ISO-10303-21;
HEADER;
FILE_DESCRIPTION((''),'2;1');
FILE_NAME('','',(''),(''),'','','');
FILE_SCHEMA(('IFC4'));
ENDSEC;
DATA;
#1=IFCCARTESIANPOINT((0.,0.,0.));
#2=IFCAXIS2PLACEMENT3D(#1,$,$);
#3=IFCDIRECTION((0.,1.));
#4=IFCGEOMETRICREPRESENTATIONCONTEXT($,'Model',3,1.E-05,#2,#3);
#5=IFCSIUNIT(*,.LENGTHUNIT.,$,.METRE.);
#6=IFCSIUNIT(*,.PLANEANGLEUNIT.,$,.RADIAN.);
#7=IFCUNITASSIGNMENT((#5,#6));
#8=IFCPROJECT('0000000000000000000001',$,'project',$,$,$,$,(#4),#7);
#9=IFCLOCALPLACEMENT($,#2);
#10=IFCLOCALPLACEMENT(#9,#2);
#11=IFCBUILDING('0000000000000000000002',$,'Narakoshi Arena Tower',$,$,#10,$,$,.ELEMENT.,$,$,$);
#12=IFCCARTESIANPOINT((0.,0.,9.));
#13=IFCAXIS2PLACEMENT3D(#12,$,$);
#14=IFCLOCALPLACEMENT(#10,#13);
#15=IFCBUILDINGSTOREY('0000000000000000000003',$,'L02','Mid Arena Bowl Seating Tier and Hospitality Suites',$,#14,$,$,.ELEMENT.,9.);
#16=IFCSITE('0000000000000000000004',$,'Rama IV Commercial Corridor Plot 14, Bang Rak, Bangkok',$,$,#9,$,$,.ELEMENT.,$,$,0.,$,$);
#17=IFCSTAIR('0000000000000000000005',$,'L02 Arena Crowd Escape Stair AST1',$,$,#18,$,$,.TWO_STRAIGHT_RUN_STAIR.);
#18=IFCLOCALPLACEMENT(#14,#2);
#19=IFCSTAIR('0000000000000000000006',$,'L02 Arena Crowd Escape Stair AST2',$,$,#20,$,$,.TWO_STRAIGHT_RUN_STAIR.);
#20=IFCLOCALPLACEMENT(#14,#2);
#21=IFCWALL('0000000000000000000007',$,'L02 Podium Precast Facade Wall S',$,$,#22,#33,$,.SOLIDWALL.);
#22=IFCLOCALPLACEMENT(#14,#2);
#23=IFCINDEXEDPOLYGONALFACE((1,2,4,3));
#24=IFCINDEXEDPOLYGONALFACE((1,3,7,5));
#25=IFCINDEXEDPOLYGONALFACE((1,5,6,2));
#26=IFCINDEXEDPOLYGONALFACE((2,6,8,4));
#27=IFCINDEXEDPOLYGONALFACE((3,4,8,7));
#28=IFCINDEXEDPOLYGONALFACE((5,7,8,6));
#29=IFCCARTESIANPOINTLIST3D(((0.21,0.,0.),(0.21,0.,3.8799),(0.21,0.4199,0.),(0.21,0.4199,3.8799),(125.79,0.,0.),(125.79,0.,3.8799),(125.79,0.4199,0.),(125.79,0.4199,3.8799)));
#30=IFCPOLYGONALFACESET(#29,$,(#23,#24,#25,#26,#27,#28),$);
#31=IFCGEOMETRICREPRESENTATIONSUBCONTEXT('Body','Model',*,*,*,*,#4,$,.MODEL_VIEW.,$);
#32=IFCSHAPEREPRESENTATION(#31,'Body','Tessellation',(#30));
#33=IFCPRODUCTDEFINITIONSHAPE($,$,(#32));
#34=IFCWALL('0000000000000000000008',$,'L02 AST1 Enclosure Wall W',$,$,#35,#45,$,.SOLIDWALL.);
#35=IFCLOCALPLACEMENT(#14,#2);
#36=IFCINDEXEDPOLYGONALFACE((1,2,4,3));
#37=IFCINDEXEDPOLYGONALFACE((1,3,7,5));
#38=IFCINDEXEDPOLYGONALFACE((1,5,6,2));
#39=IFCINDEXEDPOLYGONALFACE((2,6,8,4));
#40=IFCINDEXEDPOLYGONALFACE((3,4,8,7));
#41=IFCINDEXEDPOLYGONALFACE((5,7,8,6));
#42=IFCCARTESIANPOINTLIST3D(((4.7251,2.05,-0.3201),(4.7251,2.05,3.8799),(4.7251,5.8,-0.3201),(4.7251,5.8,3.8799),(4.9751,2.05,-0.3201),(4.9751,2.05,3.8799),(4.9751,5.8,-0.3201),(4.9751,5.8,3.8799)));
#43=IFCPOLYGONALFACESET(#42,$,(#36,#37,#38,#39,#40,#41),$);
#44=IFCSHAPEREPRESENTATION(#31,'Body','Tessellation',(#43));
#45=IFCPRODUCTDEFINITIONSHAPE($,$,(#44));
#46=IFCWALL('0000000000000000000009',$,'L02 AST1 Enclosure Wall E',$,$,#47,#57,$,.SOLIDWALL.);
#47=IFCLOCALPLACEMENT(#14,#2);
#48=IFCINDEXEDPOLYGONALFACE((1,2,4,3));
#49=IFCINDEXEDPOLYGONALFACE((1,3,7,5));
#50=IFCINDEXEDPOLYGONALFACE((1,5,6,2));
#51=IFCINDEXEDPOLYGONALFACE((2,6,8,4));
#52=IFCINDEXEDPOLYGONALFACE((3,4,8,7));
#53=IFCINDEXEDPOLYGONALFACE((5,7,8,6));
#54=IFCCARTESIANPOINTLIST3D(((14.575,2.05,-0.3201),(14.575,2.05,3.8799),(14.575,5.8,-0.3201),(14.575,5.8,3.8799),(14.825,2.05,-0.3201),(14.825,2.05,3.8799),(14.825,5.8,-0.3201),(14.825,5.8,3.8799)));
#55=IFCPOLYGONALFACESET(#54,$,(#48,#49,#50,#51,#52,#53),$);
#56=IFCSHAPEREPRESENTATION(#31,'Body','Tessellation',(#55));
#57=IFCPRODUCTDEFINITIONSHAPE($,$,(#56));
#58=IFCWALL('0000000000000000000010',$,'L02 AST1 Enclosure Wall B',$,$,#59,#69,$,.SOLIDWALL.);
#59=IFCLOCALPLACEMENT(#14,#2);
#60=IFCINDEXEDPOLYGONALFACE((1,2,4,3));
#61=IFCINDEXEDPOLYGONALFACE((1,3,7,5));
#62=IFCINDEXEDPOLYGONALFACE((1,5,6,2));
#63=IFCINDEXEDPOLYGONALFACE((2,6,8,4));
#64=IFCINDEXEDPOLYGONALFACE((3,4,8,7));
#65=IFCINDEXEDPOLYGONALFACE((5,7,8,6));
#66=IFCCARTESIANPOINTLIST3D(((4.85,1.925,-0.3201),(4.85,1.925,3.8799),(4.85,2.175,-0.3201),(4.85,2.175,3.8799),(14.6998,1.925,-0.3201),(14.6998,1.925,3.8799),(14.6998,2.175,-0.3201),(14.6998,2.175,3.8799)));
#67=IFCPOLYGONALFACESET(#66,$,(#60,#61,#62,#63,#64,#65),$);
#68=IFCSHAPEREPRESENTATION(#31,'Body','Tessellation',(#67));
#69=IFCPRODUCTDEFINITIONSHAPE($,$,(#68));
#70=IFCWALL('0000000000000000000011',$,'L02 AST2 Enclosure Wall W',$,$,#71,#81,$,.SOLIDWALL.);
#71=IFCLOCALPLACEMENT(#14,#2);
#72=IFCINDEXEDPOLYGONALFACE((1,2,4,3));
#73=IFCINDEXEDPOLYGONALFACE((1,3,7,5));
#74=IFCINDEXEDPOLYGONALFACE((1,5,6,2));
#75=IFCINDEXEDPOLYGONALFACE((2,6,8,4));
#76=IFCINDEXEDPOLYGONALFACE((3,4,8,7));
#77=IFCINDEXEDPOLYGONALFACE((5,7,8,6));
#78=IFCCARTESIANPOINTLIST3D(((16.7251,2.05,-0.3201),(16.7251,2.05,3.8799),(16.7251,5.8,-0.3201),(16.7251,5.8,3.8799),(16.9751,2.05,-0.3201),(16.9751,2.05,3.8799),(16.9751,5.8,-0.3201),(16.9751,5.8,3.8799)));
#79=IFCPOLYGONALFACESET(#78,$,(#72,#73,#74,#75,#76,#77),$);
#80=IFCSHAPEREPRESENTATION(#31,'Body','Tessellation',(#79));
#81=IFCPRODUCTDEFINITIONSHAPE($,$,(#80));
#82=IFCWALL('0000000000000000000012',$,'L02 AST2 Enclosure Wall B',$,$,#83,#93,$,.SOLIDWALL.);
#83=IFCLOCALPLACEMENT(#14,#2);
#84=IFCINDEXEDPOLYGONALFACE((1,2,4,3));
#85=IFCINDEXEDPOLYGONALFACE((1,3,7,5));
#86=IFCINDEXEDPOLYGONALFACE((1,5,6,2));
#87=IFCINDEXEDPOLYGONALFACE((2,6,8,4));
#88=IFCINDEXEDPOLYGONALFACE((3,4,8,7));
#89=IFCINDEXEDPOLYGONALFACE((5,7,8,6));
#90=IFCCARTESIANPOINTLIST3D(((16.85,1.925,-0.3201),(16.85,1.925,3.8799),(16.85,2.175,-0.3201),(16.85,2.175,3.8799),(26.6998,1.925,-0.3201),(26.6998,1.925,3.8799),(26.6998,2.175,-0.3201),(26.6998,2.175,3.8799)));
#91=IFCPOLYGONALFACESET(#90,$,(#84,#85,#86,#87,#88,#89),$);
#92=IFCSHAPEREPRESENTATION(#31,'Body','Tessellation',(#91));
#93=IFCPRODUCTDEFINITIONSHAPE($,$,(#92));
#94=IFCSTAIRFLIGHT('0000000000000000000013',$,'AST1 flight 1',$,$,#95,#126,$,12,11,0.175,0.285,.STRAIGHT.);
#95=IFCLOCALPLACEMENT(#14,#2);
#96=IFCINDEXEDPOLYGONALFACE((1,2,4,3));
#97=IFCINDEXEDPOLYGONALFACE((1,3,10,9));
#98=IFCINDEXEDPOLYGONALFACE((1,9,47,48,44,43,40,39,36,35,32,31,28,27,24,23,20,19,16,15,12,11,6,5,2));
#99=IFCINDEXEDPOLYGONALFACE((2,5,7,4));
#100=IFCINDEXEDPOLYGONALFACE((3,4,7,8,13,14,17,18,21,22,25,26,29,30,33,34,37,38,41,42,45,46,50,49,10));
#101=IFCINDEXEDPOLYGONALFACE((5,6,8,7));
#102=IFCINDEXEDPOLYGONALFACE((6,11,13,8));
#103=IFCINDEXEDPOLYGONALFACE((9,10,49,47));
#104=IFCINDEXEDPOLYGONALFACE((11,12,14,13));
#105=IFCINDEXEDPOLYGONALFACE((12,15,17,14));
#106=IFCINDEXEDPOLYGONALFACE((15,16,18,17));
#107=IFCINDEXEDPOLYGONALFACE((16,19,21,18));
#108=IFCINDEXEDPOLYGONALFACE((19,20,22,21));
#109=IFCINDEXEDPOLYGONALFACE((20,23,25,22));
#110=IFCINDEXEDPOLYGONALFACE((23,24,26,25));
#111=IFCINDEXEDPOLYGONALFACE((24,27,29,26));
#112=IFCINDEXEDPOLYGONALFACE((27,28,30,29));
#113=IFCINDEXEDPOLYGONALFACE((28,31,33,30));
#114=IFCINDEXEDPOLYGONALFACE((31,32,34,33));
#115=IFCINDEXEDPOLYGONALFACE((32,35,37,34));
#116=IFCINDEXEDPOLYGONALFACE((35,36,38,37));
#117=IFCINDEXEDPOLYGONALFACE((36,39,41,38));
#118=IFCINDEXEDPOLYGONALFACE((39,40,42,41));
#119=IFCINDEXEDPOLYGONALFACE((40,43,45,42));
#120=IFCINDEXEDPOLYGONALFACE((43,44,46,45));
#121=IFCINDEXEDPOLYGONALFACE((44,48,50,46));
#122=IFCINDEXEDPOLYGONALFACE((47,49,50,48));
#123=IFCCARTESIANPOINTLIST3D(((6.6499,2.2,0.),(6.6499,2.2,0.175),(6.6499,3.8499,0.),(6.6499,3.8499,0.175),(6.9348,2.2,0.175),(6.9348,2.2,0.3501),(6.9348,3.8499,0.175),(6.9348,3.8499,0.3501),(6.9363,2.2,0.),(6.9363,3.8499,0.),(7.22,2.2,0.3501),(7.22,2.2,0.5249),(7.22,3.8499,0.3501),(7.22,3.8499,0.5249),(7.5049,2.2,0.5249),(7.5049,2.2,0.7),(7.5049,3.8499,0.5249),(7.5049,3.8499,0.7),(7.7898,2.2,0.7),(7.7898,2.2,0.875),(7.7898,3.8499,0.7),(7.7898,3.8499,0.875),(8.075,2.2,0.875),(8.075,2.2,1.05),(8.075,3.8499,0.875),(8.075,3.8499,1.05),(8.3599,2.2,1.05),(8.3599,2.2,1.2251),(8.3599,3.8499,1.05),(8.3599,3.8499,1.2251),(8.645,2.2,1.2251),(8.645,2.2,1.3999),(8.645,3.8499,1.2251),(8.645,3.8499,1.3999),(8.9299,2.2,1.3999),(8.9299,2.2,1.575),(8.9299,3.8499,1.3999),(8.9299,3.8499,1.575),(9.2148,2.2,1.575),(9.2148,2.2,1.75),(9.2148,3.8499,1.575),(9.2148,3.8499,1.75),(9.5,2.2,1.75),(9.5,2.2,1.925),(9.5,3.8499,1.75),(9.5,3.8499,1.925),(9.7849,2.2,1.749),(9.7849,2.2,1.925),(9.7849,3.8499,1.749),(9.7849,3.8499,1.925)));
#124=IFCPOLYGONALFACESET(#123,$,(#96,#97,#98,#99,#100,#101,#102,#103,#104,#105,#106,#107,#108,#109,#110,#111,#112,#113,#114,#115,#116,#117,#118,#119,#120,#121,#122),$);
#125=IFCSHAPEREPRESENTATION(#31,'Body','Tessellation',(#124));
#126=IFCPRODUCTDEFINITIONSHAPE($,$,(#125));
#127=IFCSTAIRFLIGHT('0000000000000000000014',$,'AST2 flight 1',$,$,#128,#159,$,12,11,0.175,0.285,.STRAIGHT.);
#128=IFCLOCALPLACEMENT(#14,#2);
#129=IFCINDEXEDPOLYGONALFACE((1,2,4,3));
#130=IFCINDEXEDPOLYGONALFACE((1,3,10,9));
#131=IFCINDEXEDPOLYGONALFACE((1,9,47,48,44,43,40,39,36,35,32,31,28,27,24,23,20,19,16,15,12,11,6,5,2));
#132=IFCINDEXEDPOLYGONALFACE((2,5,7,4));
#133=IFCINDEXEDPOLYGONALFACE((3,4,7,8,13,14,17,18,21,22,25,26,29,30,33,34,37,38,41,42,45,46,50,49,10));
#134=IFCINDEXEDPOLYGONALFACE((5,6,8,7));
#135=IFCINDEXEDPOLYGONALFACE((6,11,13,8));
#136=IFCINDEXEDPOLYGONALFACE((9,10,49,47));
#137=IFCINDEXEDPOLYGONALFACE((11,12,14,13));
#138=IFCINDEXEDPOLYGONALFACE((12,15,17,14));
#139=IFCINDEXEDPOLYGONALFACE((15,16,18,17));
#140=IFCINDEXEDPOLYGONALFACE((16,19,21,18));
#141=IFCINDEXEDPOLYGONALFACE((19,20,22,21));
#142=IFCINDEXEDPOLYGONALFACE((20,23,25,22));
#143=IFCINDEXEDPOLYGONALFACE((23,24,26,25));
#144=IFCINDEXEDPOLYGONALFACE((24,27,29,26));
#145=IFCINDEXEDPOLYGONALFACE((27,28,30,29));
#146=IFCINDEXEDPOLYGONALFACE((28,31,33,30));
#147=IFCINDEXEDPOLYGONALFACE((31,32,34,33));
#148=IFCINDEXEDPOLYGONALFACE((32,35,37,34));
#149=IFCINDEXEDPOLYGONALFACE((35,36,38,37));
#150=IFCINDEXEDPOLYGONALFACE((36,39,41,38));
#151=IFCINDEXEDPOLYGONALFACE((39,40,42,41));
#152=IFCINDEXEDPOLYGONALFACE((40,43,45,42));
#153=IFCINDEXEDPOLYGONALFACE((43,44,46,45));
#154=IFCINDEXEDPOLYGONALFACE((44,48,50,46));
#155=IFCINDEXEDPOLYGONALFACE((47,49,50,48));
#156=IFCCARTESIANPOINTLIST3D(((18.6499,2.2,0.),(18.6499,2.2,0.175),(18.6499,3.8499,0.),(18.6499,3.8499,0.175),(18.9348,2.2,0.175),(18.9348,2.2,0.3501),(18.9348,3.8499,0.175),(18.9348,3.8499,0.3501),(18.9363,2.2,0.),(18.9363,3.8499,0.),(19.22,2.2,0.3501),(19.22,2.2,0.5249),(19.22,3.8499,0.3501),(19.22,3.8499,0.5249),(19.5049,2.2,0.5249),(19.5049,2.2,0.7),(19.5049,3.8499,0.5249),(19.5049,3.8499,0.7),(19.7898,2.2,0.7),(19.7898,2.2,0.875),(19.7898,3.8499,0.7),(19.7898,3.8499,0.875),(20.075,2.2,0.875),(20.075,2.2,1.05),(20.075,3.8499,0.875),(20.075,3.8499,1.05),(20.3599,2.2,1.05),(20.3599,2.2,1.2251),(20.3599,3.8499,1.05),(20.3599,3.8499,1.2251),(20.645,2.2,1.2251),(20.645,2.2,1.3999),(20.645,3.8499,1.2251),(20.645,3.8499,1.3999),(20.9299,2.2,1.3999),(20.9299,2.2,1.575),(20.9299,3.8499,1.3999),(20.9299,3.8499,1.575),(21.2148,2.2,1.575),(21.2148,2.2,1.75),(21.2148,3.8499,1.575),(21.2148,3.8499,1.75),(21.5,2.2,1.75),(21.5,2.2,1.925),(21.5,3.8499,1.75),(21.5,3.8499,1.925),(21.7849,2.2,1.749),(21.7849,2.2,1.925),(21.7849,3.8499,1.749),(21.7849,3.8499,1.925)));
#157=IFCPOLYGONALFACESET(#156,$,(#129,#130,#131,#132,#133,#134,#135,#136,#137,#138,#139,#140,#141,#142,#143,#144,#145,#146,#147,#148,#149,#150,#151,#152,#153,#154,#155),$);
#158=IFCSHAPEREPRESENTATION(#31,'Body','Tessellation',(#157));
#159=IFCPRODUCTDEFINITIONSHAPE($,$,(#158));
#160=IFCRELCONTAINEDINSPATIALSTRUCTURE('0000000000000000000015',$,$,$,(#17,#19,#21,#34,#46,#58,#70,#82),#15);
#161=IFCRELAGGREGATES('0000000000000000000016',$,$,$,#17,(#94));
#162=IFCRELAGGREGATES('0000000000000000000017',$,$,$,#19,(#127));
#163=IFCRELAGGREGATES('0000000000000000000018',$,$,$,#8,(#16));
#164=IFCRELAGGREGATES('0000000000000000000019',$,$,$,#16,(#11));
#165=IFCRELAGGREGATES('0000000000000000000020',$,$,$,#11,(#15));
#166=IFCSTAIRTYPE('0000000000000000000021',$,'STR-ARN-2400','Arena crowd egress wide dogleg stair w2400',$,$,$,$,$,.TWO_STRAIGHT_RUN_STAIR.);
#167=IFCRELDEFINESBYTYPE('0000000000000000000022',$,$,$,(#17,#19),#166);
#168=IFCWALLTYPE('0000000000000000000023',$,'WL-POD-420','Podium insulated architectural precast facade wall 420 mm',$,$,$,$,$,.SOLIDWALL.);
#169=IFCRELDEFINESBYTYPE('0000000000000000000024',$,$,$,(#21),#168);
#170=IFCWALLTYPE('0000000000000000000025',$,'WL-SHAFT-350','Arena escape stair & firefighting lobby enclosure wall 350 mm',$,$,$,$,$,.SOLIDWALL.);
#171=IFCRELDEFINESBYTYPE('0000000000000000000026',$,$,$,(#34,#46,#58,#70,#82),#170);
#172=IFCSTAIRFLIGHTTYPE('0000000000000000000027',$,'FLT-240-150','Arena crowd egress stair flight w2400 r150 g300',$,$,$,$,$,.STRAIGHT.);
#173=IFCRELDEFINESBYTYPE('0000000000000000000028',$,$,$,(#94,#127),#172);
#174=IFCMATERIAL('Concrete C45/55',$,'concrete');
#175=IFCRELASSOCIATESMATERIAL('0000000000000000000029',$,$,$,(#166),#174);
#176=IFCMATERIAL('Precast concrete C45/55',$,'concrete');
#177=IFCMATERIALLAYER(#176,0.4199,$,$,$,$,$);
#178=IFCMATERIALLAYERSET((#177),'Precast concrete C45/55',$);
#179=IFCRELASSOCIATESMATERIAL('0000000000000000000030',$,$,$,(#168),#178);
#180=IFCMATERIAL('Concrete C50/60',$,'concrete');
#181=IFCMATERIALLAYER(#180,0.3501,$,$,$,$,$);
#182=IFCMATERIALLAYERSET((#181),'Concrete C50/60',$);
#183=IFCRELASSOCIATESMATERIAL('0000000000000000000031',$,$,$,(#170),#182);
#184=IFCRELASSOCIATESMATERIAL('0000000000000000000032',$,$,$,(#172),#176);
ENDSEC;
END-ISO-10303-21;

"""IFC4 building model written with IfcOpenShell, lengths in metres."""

from ifc_helpers import new_model, si_unit, direction, frame, frame_2d, origin, place, context, subcontext, project, spatial, polyline, rectangle, outline, extrude, material, layer, layer_set, type_object, element, aggregate, save


model = new_model("IFC4")

# Units and contexts
model_context = context("Model", 3, precision=1e-05, world=origin(), true_north=direction((0.0, 1.0)))
body_context = subcontext(model_context, "Body", "Model", "MODEL_VIEW")
ifc_project = project(units=[si_unit("LENGTHUNIT", "METRE"), si_unit("PLANEANGLEUNIT", "RADIAN")], contexts=[model_context])

# Site, building, storey
site_placement = place(None, origin())
site = spatial("IfcSite", under=ifc_project, at=site_placement, Name="Rama IV Commercial Corridor Plot 14, Bang Rak, Bangkok", CompositionType="ELEMENT", RefElevation=0.0)
building_placement = place(site_placement, origin())
building = spatial("IfcBuilding", under=site, at=building_placement, Name="Narakoshi Arena Tower", CompositionType="ELEMENT")
storey_placement = place(building_placement, frame((0.0, 0.0, 9.0)))
storey = spatial("IfcBuildingStorey", under=building, at=storey_placement, Name="L02", Description="Mid Arena Bowl Seating Tier and Hospitality Suites", CompositionType="ELEMENT", Elevation=9.0)

# Shared definitions
ifc_material_1 = material(Name="Precast concrete C45/55", Category="concrete")

# Stairs
ifc_material_2 = material(Name="Concrete C45/55", Category="concrete")
stair_type_1 = type_object("IfcStairType", Name="STR-ARN-2400", Description="Arena crowd egress wide dogleg stair w2400", PredefinedType="TWO_STRAIGHT_RUN_STAIR", material=ifc_material_2)
stair_1_placement = place(storey_placement, origin())
stair_1 = element("IfcStair", 1, at=stair_1_placement, inside=storey, type_object=stair_type_1, Name="L02 Arena Crowd Escape Stair AST1", PredefinedType="TWO_STRAIGHT_RUN_STAIR")
stair_2_placement = place(storey_placement, origin())
stair_2 = element("IfcStair", 2, at=stair_2_placement, inside=storey, type_object=stair_type_1, Name="L02 Arena Crowd Escape Stair AST2", PredefinedType="TWO_STRAIGHT_RUN_STAIR")

# Walls
ifc_layer_1 = layer(ifc_material_1, 0.4199)
ifc_layer_set_1 = layer_set([ifc_layer_1], Name="Precast concrete C45/55")
wall_type_1 = type_object("IfcWallType", Name="WL-POD-420", Description="Podium insulated architectural precast facade wall 420 mm", PredefinedType="SOLIDWALL", material=ifc_layer_set_1)
wall_1_placement = place(storey_placement, frame((0.21, 0.21, 0.0), z_axis=(0.0, 0.0, 1.0), x_axis=(1.0, 0.0, 0.0)))
element("IfcWall", 3, at=wall_1_placement, inside=storey, type_object=wall_type_1, Name="L02 Podium Precast Facade Wall S", PredefinedType="SOLIDWALL", context=body_context, shape_type="SweptSolid", body=[
    extrude(rectangle(XDim=125.5801, YDim=0.4199, at=frame_2d((62.79, 0.0))), origin(), (0.0, 0.0, 1.0), 3.8799),
])
ifc_material_3 = material(Name="Concrete C50/60", Category="concrete")
ifc_layer_2 = layer(ifc_material_3, 0.3501)
ifc_layer_set_2 = layer_set([ifc_layer_2], Name="Concrete C50/60")
wall_type_2 = type_object("IfcWallType", Name="WL-SHAFT-350", Description="Arena escape stair & firefighting lobby enclosure wall 350 mm", PredefinedType="SOLIDWALL", material=ifc_layer_set_2)
for number, where, z_axis, x_axis, name in (
    (4, (4.8501, 2.05, -0.3201), (0.0, 0.0, 1.0), (0.0, 1.0, 0.0), "L02 AST1 Enclosure Wall W"),
    (5, (14.7, 2.05, -0.3201), (0.0, 0.0, 1.0), (0.0, 1.0, 0.0), "L02 AST1 Enclosure Wall E"),
):
    element("IfcWall", number, at=place(storey_placement, frame(where, z_axis=z_axis, x_axis=x_axis)), inside=storey, type_object=wall_type_2, Name=name, PredefinedType="SOLIDWALL", context=body_context, shape_type="SweptSolid", body=[
        extrude(rectangle(XDim=3.75, YDim=0.25, at=frame_2d((1.875, 0.0))), origin(), (0.0, 0.0, 1.0), 4.2),
    ])
wall_2_placement = place(storey_placement, frame((4.8501, 2.05, -0.3201), z_axis=(0.0, 0.0, 1.0), x_axis=(1.0, 0.0, 0.0)))
element("IfcWall", 6, at=wall_2_placement, inside=storey, type_object=wall_type_2, Name="L02 AST1 Enclosure Wall B", PredefinedType="SOLIDWALL", context=body_context, shape_type="SweptSolid", body=[
    extrude(rectangle(XDim=9.8499, YDim=0.25, at=frame_2d((4.9248, 0.0))), origin(), (0.0, 0.0, 1.0), 4.2),
])
wall_3_placement = place(storey_placement, frame((16.8501, 2.05, -0.3201), z_axis=(0.0, 0.0, 1.0), x_axis=(0.0, 1.0, 0.0)))
element("IfcWall", 7, at=wall_3_placement, inside=storey, type_object=wall_type_2, Name="L02 AST2 Enclosure Wall W", PredefinedType="SOLIDWALL", context=body_context, shape_type="SweptSolid", body=[
    extrude(rectangle(XDim=3.75, YDim=0.25, at=frame_2d((1.875, 0.0))), origin(), (0.0, 0.0, 1.0), 4.2),
])
wall_4_placement = place(storey_placement, frame((16.8501, 2.05, -0.3201), z_axis=(0.0, 0.0, 1.0), x_axis=(1.0, 0.0, 0.0)))
element("IfcWall", 8, at=wall_4_placement, inside=storey, type_object=wall_type_2, Name="L02 AST2 Enclosure Wall B", PredefinedType="SOLIDWALL", context=body_context, shape_type="SweptSolid", body=[
    extrude(rectangle(XDim=9.8499, YDim=0.25, at=frame_2d((4.9248, 0.0))), origin(), (0.0, 0.0, 1.0), 4.2),
])

# Stair flights
stair_flight_type = type_object("IfcStairFlightType", Name="FLT-240-150", Description="Arena crowd egress stair flight w2400 r150 g300", PredefinedType="STRAIGHT", material=ifc_material_1)
stair_flight_1_placement = place(storey_placement, frame((6.6499, 3.0249, 0.0), z_axis=(0.0, 0.0, 1.0), x_axis=(1.0, 0.0, 0.0)))
stair_flight_1 = element("IfcStairFlight", 9, at=stair_flight_1_placement, type_object=stair_flight_type, Name="AST1 flight 1", NumberOfRisers=12, NumberOfTreads=11, PredefinedType="STRAIGHT", RiserHeight=0.175, TreadLength=0.285, context=body_context, shape_type="SweptSolid", body=[
    extrude(outline(polyline([(0.0, 0.0), (0.0, 0.175), (0.2849, 0.175), (0.2849, 0.3501), (0.5701, 0.3501), (0.5701, 0.5249), (0.855, 0.5249), (0.855, 0.7), (1.1399, 0.7), (1.1399, 0.875), (1.425, 0.875), (1.425, 1.05), (1.71, 1.05), (1.71, 1.2251), (1.9951, 1.2251), (1.9951, 1.3999), (2.28, 1.3999), (2.28, 1.575), (2.5649, 1.575), (2.5649, 1.75), (2.8501, 1.75), (2.8501, 1.925), (3.135, 1.925), (3.135, 2.1001), (3.135, 1.749), (0.2864, 0.0), (0.0, 0.0)])), frame((0.0, 0.825, 0.0), z_axis=(0.0, -1.0, 0.0), x_axis=(1.0, 0.0, 0.0)), (0.0, 0.0, 1.0), 1.6499),
])
aggregate(stair_1, [stair_flight_1])
stair_flight_2_placement = place(storey_placement, frame((18.6499, 3.0249, 0.0), z_axis=(0.0, 0.0, 1.0), x_axis=(1.0, 0.0, 0.0)))
stair_flight_2 = element("IfcStairFlight", 10, at=stair_flight_2_placement, type_object=stair_flight_type, Name="AST2 flight 1", NumberOfRisers=12, NumberOfTreads=11, PredefinedType="STRAIGHT", RiserHeight=0.175, TreadLength=0.285, context=body_context, shape_type="SweptSolid", body=[
    extrude(outline(polyline([(0.0, 0.0), (0.0, 0.175), (0.2849, 0.175), (0.2849, 0.3501), (0.5701, 0.3501), (0.5701, 0.5249), (0.855, 0.5249), (0.855, 0.7), (1.1399, 0.7), (1.1399, 0.875), (1.425, 0.875), (1.425, 1.05), (1.71, 1.05), (1.71, 1.2251), (1.9951, 1.2251), (1.9951, 1.3999), (2.28, 1.3999), (2.28, 1.575), (2.5649, 1.575), (2.5649, 1.75), (2.8501, 1.75), (2.8501, 1.925), (3.135, 1.925), (3.135, 2.1001), (3.135, 1.749), (0.2864, 0.0), (0.0, 0.0)])), frame((0.0, 0.825, 0.0), z_axis=(0.0, -1.0, 0.0), x_axis=(1.0, 0.0, 0.0)), (0.0, 0.0, 1.0), 1.6499),
])
aggregate(stair_2, [stair_flight_2])

save(model, "model.ifc")
